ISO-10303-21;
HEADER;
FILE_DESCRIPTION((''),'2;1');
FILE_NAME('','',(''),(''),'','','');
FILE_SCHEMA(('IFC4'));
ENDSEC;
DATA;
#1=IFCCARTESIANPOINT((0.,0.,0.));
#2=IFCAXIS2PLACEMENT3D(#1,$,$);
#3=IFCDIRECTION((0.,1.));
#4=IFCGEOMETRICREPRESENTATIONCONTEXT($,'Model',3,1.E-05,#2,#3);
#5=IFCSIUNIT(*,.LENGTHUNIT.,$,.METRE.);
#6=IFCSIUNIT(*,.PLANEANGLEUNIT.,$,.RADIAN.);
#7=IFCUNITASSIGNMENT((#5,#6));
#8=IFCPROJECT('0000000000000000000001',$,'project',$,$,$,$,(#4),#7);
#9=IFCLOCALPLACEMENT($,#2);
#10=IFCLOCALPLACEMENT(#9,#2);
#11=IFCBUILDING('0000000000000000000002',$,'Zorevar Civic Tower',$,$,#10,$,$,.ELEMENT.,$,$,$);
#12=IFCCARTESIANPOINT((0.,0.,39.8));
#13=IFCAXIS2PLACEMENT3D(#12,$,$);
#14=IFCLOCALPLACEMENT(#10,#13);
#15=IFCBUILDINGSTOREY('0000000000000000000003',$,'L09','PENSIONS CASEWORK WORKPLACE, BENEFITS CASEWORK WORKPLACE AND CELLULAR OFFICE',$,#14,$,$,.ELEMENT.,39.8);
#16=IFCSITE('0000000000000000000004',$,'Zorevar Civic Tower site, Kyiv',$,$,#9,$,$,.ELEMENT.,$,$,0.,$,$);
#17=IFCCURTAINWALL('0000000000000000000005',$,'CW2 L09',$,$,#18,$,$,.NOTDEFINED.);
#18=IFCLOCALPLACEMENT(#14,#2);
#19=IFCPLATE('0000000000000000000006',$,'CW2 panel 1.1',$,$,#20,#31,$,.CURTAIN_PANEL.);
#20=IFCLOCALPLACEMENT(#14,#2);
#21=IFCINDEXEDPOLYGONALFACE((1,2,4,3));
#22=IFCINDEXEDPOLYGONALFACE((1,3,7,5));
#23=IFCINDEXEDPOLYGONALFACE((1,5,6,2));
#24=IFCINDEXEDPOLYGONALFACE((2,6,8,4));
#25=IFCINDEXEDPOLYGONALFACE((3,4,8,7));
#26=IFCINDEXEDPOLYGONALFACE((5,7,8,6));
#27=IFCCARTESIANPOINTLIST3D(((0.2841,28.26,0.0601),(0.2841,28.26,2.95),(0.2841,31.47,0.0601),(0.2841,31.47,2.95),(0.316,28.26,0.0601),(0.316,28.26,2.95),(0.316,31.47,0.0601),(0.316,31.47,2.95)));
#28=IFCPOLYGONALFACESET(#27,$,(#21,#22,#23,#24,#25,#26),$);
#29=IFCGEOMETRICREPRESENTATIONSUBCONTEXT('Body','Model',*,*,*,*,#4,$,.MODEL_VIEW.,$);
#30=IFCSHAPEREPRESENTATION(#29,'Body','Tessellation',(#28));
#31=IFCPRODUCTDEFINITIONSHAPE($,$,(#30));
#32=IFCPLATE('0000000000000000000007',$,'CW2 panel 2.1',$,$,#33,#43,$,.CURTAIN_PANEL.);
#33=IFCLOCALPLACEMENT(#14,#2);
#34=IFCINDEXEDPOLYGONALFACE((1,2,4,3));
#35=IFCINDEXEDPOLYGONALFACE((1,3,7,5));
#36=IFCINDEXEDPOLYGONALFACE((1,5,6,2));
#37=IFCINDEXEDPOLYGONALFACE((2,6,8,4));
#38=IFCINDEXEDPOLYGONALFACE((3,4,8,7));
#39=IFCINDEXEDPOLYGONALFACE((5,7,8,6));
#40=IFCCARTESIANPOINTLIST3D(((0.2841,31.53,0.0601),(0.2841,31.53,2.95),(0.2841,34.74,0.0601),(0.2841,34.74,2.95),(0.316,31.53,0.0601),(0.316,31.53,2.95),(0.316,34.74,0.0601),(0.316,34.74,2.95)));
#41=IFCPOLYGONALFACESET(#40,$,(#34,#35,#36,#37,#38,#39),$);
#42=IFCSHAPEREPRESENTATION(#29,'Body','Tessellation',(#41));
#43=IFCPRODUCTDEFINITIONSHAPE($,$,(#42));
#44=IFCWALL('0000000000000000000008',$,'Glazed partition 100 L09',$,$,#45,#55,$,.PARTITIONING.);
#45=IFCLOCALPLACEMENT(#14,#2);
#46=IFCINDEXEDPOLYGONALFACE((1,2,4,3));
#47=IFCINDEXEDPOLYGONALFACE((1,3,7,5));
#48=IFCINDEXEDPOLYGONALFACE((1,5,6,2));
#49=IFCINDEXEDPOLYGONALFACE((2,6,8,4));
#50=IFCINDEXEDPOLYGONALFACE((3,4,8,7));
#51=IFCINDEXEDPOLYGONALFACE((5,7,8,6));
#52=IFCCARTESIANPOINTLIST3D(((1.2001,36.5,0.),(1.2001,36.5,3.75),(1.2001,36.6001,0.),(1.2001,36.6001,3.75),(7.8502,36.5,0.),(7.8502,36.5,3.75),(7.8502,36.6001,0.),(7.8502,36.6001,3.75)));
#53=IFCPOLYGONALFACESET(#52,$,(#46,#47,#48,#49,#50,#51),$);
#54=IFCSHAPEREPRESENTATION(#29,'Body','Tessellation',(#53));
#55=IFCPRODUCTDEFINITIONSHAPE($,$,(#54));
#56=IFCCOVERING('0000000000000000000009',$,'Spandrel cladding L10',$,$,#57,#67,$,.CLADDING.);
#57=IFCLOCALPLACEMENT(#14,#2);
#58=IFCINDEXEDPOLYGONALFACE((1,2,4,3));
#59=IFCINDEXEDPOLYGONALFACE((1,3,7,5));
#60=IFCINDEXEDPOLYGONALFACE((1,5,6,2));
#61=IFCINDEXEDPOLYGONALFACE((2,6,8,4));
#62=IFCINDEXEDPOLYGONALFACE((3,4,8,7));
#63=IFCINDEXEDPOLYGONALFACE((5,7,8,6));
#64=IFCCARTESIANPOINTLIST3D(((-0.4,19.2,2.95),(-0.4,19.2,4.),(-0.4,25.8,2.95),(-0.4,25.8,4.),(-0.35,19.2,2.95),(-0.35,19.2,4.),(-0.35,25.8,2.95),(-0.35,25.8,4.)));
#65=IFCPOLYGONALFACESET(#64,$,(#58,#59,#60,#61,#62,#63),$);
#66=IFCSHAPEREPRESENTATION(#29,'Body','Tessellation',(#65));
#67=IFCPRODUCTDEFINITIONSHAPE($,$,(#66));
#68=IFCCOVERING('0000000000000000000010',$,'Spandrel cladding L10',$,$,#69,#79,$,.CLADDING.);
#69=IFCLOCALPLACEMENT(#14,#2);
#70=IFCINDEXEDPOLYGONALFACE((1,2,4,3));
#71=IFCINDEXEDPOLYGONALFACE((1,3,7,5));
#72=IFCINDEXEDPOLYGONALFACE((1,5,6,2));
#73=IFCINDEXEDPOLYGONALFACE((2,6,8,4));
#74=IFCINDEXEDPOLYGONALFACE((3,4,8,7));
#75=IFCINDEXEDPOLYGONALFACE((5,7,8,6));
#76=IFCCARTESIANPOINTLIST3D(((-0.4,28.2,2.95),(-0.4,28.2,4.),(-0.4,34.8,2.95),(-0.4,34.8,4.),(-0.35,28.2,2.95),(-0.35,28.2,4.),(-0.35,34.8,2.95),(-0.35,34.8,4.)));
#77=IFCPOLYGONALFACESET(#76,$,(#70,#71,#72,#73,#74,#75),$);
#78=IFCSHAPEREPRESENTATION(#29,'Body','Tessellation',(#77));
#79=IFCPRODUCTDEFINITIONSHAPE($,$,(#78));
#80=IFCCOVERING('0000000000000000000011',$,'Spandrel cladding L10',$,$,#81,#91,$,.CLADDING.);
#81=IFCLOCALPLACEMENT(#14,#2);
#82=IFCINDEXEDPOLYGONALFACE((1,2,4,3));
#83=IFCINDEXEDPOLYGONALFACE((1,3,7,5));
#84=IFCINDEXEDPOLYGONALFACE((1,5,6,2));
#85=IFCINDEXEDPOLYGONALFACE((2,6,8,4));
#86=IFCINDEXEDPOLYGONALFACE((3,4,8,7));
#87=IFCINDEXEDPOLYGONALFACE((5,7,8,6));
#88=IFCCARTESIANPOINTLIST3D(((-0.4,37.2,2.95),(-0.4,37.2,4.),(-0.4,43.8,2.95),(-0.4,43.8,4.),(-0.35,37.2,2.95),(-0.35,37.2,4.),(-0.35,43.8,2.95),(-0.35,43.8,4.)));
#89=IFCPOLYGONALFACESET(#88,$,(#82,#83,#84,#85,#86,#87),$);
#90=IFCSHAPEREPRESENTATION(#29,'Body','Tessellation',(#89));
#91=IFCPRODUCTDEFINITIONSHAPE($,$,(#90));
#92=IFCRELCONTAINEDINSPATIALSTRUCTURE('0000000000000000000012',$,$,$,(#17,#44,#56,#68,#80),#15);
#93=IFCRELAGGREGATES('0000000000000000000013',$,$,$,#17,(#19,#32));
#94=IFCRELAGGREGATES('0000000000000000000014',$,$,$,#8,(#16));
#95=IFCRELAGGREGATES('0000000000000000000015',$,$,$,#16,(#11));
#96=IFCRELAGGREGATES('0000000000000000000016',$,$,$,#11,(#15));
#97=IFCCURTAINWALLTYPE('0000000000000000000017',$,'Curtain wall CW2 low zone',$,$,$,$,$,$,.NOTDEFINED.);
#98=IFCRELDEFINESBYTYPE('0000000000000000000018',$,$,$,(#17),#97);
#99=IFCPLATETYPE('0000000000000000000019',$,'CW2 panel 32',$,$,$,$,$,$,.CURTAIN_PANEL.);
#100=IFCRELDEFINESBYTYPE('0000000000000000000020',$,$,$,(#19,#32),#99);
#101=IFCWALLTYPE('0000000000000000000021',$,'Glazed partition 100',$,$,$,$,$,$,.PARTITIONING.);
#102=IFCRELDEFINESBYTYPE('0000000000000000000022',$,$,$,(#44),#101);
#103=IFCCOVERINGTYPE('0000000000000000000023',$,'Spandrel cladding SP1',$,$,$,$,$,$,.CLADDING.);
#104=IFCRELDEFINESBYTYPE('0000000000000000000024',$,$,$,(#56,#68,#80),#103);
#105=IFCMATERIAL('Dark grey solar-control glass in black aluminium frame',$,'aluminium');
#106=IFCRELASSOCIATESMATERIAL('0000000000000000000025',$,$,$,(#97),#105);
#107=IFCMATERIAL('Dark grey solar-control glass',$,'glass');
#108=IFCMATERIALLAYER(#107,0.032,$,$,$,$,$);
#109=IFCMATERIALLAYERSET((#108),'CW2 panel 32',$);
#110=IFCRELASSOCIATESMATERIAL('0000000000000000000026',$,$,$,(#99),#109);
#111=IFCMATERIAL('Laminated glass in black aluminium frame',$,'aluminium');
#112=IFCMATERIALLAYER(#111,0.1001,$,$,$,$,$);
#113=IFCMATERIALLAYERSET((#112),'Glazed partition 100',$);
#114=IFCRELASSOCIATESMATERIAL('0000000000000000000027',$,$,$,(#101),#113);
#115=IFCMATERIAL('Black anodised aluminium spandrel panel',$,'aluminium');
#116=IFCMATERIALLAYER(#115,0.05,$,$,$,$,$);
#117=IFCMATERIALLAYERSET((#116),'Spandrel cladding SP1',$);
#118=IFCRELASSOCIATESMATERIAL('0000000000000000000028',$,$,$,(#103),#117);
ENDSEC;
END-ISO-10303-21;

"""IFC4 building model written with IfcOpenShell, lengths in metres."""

from ifc_helpers import new_model, si_unit, direction, frame, frame_2d, origin, origin_2d, place, context, subcontext, project, spatial, rectangle, extrude, material, layer, layer_set, type_object, element, aggregate, save


model = new_model("IFC4")

# Units and contexts
model_context = context("Model", 3, precision=1e-05, world=origin(), true_north=direction((0.0, 1.0)))
body_context = subcontext(model_context, "Body", "Model", "MODEL_VIEW")
ifc_project = project(units=[si_unit("LENGTHUNIT", "METRE"), si_unit("PLANEANGLEUNIT", "RADIAN")], contexts=[model_context])

# Site, building, storey
site_placement = place(None, origin())
site = spatial("IfcSite", under=ifc_project, at=site_placement, Name="Zorevar Civic Tower site, Kyiv", CompositionType="ELEMENT", RefElevation=0.0)
building_placement = place(site_placement, origin())
building = spatial("IfcBuilding", under=site, at=building_placement, Name="Zorevar Civic Tower", CompositionType="ELEMENT")
storey_placement = place(building_placement, frame((0.0, 0.0, 39.8)))
storey = spatial("IfcBuildingStorey", under=building, at=storey_placement, Name="L09", Description="PENSIONS CASEWORK WORKPLACE, BENEFITS CASEWORK WORKPLACE AND CELLULAR OFFICE", CompositionType="ELEMENT", Elevation=39.8)

# Curtain wall
ifc_material_1 = material(Name="Dark grey solar-control glass in black aluminium frame", Category="aluminium")
curtain_wall_type = type_object("IfcCurtainWallType", Name="Curtain wall CW2 low zone", PredefinedType="NOTDEFINED", material=ifc_material_1)
curtain_wall_1_placement = place(storey_placement, origin())
curtain_wall_1 = element("IfcCurtainWall", 1, at=curtain_wall_1_placement, inside=storey, type_object=curtain_wall_type, Name="CW2 L09", PredefinedType="NOTDEFINED")

# Plates
ifc_material_2 = material(Name="Dark grey solar-control glass", Category="glass")
ifc_layer_1 = layer(ifc_material_2, 0.032)
ifc_layer_set_1 = layer_set([ifc_layer_1], Name="CW2 panel 32")
plate_type = type_object("IfcPlateType", Name="CW2 panel 32", PredefinedType="CURTAIN_PANEL", material=ifc_layer_set_1)
plate_1_placement = place(storey_placement, frame((0.3, 29.865, 0.0601), z_axis=(0.0, 0.0, 1.0), x_axis=(0.0, 1.0, 0.0)))
plate_1 = element("IfcPlate", 2, at=plate_1_placement, type_object=plate_type, Name="CW2 panel 1.1", PredefinedType="CURTAIN_PANEL", context=body_context, shape_type="SweptSolid", body=[
    extrude(rectangle(XDim=3.21, YDim=0.032, at=origin_2d()), origin(), (0.0, 0.0, 1.0), 2.8899),
])
plate_2_placement = place(storey_placement, frame((0.3, 33.135, 0.0601), z_axis=(0.0, 0.0, 1.0), x_axis=(0.0, 1.0, 0.0)))
plate_2 = element("IfcPlate", 3, at=plate_2_placement, type_object=plate_type, Name="CW2 panel 2.1", PredefinedType="CURTAIN_PANEL", context=body_context, shape_type="SweptSolid", body=[
    extrude(rectangle(XDim=3.21, YDim=0.032, at=origin_2d()), origin(), (0.0, 0.0, 1.0), 2.8899),
])
aggregate(curtain_wall_1, [plate_1, plate_2])

# Wall
ifc_material_3 = material(Name="Laminated glass in black aluminium frame", Category="aluminium")
ifc_layer_2 = layer(ifc_material_3, 0.1001)
ifc_layer_set_2 = layer_set([ifc_layer_2], Name="Glazed partition 100")
wall_type = type_object("IfcWallType", Name="Glazed partition 100", PredefinedType="PARTITIONING", material=ifc_layer_set_2)
wall_placement = place(storey_placement, frame((1.2, 36.55, 0.0), z_axis=(0.0, 0.0, 1.0), x_axis=(1.0, 0.0, 0.0)))
element("IfcWall", 4, at=wall_placement, inside=storey, type_object=wall_type, Name="Glazed partition 100 L09", PredefinedType="PARTITIONING", context=body_context, shape_type="SweptSolid", body=[
    extrude(rectangle(XDim=6.6501, YDim=0.1001, at=frame_2d((3.3252, 0.0))), origin(), (0.0, 0.0, 1.0), 3.75),
])

# Coverings
ifc_material_4 = material(Name="Black anodised aluminium spandrel panel", Category="aluminium")
ifc_layer_3 = layer(ifc_material_4, 0.05)
ifc_layer_set_3 = layer_set([ifc_layer_3], Name="Spandrel cladding SP1")
covering_type = type_object("IfcCoveringType", Name="Spandrel cladding SP1", PredefinedType="CLADDING", material=ifc_layer_set_3)
for number, where, z_axis, x_axis, name in (
    (5, (-0.375, 19.2, 2.95), (0.0, 0.0, 1.0), (0.0, 1.0, 0.0), "Spandrel cladding L10"),
    (6, (-0.375, 28.2, 2.95), (0.0, 0.0, 1.0), (0.0, 1.0, 0.0), "Spandrel cladding L10"),
    (7, (-0.375, 37.2, 2.95), (0.0, 0.0, 1.0), (0.0, 1.0, 0.0), "Spandrel cladding L10"),
):
    element("IfcCovering", number, at=place(storey_placement, frame(where, z_axis=z_axis, x_axis=x_axis)), inside=storey, type_object=covering_type, Name=name, PredefinedType="CLADDING", context=body_context, shape_type="SweptSolid", body=[
        extrude(rectangle(XDim=6.6001, YDim=0.05, at=frame_2d((3.3, 0.0))), origin(), (0.0, 0.0, 1.0), 1.05),
    ])

save(model, "model.ifc")
